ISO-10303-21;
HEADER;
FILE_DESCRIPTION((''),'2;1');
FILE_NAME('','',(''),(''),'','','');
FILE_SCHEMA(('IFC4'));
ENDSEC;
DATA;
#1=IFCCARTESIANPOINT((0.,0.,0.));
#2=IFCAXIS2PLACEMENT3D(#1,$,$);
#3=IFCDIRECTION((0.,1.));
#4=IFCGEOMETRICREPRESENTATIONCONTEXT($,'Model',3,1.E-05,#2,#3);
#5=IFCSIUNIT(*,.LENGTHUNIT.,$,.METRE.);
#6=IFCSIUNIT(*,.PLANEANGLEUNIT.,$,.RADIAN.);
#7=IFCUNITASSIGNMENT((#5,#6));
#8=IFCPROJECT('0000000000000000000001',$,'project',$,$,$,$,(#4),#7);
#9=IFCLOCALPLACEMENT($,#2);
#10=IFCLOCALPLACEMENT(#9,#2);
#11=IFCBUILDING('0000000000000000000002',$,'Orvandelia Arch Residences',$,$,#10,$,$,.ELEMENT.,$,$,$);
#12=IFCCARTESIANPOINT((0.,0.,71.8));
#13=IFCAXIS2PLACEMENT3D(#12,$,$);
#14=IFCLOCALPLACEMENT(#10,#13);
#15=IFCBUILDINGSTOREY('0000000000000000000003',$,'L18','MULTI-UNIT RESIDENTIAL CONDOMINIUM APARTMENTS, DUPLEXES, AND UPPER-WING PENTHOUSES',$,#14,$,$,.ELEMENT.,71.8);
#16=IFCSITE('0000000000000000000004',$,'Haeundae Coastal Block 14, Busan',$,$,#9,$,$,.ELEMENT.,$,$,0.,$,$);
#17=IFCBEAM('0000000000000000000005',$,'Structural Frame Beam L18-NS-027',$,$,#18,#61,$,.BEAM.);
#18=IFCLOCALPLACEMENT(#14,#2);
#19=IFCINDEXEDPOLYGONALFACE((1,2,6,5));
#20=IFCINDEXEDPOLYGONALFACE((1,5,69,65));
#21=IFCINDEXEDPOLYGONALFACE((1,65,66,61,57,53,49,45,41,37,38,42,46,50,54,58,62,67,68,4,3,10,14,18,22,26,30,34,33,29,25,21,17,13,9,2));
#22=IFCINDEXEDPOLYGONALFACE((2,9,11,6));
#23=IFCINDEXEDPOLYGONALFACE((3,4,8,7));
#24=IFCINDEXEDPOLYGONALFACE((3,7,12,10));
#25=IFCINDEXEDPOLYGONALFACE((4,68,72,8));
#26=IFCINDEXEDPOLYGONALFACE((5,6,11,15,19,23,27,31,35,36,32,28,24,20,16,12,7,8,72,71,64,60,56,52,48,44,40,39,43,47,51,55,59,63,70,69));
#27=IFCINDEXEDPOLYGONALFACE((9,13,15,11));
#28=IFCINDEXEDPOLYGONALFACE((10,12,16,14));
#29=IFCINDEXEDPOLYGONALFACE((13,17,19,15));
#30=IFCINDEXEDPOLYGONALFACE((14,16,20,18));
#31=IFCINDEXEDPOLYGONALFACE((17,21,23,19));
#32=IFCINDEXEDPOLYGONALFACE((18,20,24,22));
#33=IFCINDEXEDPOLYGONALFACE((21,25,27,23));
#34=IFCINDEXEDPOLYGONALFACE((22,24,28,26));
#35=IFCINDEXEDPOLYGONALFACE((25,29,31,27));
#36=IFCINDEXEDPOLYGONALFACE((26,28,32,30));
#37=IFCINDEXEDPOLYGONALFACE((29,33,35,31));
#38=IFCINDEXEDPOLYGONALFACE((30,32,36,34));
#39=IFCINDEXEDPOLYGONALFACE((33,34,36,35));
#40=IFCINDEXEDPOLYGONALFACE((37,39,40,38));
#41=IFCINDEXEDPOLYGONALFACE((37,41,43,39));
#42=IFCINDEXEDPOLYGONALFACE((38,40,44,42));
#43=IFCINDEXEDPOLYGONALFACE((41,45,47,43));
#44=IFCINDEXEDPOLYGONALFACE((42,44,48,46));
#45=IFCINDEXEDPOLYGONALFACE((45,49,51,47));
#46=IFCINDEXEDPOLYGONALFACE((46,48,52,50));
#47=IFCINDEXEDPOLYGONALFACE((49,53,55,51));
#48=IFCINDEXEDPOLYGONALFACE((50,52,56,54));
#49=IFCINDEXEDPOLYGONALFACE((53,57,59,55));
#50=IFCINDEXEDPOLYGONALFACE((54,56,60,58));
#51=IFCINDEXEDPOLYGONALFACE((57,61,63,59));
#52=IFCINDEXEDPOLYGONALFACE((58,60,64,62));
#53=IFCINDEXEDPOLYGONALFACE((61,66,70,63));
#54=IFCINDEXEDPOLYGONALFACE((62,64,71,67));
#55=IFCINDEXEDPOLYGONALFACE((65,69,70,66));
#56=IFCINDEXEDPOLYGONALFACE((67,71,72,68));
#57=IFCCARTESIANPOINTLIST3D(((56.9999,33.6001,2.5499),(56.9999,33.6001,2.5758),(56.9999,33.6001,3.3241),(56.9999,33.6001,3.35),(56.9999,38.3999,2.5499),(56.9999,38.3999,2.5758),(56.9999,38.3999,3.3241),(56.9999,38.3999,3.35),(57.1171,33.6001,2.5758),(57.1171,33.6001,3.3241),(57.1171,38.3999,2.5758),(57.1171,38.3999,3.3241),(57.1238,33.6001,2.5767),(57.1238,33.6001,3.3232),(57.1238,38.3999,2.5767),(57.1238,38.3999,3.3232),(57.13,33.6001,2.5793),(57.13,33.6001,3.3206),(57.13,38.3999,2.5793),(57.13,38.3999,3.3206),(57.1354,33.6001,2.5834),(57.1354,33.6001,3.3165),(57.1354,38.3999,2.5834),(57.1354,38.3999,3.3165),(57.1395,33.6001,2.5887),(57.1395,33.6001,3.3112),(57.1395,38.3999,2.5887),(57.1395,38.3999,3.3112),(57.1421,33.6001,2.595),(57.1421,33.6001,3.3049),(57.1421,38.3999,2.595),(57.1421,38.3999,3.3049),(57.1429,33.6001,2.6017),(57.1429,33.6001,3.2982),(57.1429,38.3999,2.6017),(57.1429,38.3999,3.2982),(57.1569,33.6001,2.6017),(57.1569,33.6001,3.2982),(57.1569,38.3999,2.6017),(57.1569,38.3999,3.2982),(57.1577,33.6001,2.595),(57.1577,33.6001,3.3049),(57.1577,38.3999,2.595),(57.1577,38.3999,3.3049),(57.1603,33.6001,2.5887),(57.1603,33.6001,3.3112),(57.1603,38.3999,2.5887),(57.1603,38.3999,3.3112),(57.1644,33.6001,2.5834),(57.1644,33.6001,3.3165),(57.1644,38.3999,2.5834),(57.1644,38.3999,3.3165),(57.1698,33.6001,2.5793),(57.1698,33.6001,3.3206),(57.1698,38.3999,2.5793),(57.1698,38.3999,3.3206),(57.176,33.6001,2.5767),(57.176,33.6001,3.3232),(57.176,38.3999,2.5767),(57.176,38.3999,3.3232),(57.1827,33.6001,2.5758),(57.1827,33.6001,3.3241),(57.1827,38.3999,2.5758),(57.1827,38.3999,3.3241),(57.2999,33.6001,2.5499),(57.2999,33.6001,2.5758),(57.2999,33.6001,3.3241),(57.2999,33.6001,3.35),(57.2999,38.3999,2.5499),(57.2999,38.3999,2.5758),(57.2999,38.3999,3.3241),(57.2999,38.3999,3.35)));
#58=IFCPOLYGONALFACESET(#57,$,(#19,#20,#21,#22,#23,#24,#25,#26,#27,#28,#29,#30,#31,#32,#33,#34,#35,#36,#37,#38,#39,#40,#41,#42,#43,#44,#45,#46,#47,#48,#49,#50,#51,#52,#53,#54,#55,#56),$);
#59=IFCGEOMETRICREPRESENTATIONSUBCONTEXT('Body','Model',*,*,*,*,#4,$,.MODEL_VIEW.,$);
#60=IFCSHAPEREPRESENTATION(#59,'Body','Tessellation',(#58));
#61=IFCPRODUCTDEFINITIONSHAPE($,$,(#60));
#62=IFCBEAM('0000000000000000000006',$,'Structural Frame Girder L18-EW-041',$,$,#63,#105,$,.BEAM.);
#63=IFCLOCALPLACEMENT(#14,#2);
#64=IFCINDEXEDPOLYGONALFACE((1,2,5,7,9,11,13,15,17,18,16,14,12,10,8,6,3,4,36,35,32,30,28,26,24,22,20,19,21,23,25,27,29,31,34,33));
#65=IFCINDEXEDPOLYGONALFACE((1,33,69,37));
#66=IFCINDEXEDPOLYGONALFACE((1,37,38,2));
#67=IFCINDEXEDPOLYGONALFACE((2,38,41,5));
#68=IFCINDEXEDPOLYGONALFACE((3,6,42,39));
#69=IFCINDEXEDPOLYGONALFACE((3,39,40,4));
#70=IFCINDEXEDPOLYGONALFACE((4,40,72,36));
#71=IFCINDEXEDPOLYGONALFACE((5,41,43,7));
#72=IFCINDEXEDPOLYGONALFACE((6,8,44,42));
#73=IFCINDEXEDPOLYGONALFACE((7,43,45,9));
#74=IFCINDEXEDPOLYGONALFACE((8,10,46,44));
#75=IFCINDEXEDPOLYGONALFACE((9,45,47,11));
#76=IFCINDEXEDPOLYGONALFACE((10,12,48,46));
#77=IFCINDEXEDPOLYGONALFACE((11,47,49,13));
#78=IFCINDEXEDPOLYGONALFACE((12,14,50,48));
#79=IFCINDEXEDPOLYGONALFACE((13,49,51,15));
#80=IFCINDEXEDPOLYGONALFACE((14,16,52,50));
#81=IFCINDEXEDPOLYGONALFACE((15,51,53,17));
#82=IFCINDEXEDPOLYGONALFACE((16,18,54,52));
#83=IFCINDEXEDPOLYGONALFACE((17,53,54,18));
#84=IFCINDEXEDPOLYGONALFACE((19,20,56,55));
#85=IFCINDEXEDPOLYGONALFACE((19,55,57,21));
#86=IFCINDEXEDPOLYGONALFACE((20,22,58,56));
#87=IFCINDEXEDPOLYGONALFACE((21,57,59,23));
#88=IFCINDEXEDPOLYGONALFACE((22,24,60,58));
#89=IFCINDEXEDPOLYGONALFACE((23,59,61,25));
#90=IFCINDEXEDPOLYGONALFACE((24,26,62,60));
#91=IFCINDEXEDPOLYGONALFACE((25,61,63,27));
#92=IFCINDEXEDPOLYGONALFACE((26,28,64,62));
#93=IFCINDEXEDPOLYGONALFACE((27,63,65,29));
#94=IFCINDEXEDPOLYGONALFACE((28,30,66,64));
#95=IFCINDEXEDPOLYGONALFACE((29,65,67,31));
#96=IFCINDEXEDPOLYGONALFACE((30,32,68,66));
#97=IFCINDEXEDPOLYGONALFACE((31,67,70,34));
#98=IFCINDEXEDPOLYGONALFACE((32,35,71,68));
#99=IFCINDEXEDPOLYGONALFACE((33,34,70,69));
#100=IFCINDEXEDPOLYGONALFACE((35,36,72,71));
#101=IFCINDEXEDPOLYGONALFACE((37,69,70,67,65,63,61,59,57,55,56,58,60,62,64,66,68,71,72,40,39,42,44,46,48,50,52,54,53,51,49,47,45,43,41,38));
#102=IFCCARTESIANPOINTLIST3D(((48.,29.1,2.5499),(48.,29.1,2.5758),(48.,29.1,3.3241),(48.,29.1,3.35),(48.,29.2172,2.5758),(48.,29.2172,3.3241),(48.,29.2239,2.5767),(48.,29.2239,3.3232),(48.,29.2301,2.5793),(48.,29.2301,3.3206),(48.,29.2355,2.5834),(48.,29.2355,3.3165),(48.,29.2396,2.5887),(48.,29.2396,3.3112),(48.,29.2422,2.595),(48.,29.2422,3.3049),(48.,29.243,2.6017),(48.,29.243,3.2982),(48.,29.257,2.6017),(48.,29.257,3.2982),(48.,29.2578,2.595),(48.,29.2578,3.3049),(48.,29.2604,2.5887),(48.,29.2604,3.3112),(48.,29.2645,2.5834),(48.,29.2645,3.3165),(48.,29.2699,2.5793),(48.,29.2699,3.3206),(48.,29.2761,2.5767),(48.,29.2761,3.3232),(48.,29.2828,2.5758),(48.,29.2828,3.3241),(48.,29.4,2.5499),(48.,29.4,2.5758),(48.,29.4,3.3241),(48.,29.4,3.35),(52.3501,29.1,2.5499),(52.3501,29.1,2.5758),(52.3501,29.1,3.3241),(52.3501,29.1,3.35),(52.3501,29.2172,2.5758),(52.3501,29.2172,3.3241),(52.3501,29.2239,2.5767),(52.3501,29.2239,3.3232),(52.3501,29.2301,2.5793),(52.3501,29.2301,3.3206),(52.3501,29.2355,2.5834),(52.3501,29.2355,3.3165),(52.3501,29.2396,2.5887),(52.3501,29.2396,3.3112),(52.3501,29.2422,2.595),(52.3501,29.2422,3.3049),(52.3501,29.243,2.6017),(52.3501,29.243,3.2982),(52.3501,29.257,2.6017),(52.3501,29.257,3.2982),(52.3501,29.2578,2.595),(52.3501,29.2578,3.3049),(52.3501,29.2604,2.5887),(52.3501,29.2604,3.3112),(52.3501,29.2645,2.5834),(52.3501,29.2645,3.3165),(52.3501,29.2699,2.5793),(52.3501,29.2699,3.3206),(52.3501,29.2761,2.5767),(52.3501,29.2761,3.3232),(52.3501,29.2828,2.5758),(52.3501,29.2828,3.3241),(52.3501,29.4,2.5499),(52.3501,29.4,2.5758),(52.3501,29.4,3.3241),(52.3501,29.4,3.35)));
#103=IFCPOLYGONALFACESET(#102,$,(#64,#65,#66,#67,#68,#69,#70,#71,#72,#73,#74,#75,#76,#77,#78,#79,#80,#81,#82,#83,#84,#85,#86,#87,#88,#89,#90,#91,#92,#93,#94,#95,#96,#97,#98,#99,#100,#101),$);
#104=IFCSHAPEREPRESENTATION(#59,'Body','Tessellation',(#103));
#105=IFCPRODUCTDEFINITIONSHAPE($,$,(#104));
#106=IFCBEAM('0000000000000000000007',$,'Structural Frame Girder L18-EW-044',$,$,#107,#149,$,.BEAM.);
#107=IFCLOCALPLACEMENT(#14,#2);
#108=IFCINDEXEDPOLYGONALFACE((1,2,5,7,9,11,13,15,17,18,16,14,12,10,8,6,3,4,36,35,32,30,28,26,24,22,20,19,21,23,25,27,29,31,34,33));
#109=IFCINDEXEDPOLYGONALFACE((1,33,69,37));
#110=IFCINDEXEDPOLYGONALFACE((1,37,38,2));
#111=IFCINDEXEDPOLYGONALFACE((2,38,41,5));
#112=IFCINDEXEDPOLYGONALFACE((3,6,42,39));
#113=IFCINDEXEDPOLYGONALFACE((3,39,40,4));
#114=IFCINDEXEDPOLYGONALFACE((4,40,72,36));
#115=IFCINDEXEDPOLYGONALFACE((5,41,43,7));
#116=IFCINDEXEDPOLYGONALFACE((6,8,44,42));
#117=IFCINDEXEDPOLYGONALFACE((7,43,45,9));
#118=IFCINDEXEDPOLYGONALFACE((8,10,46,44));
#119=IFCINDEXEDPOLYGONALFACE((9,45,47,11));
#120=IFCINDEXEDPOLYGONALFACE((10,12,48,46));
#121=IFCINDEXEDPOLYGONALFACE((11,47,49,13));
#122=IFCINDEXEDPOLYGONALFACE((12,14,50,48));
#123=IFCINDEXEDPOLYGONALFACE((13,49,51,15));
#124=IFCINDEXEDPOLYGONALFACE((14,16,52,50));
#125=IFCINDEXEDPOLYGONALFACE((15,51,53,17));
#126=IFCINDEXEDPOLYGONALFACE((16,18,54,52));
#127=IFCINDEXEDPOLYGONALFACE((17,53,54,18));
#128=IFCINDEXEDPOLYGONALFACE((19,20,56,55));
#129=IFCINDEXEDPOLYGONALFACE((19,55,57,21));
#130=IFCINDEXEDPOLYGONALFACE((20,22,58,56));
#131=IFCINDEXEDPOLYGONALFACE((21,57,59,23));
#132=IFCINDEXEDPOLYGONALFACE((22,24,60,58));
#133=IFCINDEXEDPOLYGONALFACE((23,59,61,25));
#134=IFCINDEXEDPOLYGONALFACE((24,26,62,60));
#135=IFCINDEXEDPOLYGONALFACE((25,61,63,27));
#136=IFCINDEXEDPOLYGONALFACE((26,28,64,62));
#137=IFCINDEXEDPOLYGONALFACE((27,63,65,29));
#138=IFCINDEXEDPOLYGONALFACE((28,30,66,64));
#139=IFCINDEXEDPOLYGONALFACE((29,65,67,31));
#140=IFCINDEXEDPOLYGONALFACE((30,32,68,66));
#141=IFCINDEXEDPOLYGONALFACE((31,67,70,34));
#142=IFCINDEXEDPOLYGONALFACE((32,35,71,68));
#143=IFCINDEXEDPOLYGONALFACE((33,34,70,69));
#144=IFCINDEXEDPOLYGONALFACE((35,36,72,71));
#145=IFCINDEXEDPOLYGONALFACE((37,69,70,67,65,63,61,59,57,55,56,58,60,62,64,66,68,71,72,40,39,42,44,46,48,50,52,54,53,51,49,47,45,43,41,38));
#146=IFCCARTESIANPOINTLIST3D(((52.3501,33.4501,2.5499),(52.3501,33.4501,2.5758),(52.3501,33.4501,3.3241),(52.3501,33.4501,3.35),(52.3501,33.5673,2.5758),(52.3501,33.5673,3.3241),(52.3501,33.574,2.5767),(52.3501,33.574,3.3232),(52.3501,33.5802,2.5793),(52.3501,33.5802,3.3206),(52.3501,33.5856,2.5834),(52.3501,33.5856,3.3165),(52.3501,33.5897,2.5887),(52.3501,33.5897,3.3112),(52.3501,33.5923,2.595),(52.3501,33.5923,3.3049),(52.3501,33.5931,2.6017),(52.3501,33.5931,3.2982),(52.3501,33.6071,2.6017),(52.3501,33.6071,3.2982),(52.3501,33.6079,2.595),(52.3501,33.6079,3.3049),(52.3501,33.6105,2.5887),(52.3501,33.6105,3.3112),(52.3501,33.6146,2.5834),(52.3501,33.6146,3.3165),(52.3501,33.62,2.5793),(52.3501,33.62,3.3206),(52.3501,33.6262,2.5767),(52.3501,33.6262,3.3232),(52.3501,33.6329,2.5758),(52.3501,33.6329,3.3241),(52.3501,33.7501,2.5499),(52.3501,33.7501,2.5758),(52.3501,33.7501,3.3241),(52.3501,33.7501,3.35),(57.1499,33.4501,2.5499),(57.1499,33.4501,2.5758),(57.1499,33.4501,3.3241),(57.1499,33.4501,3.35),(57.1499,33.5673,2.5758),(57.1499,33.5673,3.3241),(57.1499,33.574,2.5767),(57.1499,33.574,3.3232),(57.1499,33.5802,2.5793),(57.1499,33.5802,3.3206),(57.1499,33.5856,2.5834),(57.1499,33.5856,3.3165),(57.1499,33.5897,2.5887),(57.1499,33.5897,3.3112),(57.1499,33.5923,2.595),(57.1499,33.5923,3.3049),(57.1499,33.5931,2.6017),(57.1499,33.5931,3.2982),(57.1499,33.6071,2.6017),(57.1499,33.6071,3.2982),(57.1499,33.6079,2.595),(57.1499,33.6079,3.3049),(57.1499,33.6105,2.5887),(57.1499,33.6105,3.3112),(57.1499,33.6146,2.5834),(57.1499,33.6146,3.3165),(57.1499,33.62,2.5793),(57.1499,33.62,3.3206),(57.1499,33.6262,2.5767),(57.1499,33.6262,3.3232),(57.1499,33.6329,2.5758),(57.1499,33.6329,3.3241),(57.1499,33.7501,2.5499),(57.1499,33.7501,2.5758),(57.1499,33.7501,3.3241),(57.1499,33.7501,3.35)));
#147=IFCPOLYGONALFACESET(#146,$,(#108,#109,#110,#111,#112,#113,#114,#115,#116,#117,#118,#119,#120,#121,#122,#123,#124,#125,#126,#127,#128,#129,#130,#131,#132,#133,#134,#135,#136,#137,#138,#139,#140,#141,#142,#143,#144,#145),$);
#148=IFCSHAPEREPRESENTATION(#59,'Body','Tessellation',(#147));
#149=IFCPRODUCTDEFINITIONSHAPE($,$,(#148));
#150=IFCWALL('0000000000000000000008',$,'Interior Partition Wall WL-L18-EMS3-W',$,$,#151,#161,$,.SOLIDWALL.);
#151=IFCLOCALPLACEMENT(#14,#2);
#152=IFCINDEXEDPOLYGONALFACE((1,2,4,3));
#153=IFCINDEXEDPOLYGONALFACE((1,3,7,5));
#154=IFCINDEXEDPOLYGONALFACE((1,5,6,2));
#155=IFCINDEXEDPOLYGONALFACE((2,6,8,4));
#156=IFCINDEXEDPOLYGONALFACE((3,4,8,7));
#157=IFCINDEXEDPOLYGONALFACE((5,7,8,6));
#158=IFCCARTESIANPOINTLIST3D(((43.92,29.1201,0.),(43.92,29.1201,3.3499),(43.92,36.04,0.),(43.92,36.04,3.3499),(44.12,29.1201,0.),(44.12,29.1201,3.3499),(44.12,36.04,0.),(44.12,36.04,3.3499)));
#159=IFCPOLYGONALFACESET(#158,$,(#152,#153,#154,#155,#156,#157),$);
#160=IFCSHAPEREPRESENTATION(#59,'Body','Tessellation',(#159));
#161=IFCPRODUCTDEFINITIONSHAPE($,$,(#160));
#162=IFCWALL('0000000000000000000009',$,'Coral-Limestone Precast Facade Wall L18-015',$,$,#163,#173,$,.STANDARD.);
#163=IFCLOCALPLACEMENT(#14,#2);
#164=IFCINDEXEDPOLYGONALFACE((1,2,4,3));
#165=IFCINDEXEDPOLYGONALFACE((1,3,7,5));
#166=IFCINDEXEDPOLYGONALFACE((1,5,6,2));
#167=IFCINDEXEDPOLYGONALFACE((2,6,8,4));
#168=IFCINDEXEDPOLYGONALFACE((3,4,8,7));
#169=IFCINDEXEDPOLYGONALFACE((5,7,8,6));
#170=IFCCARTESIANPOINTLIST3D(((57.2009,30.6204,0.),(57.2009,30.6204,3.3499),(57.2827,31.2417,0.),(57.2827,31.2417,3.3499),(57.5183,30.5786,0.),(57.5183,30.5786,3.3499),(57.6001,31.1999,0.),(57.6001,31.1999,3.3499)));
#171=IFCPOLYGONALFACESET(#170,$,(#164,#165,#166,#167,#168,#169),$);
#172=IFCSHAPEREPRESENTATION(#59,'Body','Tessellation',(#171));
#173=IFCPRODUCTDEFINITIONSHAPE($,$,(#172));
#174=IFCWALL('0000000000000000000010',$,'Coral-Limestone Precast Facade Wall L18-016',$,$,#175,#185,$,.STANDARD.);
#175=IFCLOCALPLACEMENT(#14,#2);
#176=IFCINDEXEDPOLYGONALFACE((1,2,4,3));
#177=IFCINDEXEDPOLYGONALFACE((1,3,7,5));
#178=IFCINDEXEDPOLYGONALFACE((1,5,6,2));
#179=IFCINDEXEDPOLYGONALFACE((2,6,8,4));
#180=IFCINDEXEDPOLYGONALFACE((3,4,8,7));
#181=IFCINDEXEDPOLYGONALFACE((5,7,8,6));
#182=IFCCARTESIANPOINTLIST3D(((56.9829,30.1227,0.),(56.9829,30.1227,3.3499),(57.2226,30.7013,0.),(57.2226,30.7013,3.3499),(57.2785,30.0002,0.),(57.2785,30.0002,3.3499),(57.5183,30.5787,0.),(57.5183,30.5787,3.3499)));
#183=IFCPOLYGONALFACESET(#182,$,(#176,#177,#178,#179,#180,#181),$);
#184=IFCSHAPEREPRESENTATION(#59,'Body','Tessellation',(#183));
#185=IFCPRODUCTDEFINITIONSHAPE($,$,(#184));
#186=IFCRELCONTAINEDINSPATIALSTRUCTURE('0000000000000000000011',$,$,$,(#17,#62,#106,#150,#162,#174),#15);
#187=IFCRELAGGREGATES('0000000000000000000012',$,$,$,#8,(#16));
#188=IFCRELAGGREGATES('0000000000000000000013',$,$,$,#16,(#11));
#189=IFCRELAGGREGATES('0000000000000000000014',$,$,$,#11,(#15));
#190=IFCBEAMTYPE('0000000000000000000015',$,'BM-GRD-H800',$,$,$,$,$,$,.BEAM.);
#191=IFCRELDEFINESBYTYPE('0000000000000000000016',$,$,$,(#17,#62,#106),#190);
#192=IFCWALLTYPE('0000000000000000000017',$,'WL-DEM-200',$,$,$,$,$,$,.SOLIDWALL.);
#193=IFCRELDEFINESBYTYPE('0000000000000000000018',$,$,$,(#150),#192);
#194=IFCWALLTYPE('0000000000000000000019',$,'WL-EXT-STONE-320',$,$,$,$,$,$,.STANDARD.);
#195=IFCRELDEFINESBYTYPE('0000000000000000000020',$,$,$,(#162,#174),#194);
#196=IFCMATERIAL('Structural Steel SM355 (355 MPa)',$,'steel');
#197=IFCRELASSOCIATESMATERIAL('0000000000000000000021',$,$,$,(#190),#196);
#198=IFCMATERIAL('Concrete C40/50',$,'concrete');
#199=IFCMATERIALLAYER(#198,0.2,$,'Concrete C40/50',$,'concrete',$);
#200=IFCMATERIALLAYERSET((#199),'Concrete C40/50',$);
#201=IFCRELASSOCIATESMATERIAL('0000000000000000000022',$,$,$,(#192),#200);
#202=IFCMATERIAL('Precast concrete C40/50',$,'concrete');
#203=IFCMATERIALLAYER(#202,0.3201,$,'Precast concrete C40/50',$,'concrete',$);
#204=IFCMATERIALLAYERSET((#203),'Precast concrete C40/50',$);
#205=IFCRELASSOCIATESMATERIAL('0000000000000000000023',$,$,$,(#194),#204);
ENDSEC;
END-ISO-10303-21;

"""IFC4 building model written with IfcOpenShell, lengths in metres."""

from ifc_helpers import new_model, si_unit, direction, frame, frame_2d, origin, origin_2d, place, context, subcontext, project, spatial, rectangle, i_section, extrude, material, layer, layer_set, material_profile, profile_set, type_object, element, save


model = new_model("IFC4")

# Units and contexts
model_context = context("Model", 3, precision=1e-05, world=origin(), true_north=direction((0.0, 1.0)))
body_context = subcontext(model_context, "Body", "Model", "MODEL_VIEW")
ifc_project = project(units=[si_unit("LENGTHUNIT", "METRE"), si_unit("PLANEANGLEUNIT", "RADIAN")], contexts=[model_context])

# Site, building, storey
site_placement = place(None, origin())
site = spatial("IfcSite", under=ifc_project, at=site_placement, Name="Haeundae Coastal Block 14, Busan", CompositionType="ELEMENT", RefElevation=0.0)
building_placement = place(site_placement, origin())
building = spatial("IfcBuilding", under=site, at=building_placement, Name="Orvandelia Arch Residences", CompositionType="ELEMENT")
storey_placement = place(building_placement, frame((0.0, 0.0, 71.8)))
storey = spatial("IfcBuildingStorey", under=building, at=storey_placement, Name="L18", Description="MULTI-UNIT RESIDENTIAL CONDOMINIUM APARTMENTS, DUPLEXES, AND UPPER-WING PENTHOUSES", CompositionType="ELEMENT", Elevation=71.8)

# Beams
ifc_material_1 = material(Name="Structural Steel SM355 (355 MPa)", Category="steel")
ifc_material_profile_1 = material_profile(ifc_material_1, i_section(OverallWidth=0.3, OverallDepth=0.8, WebThickness=0.0139, FlangeThickness=0.0259, FilletRadius=0.0259, at=origin_2d()), Name="Structural Steel SM355 (355 MPa)", Category="steel")
ifc_profile_set_1 = profile_set([ifc_material_profile_1], Name="Structural Steel SM355 (355 MPa)")
beam_type = type_object("IfcBeamType", Name="BM-GRD-H800", PredefinedType="BEAM", material=ifc_profile_set_1)
for number, where, z_axis, x_axis, name in (
    (1, (57.1499, 33.6001, 2.95), (0.0, 1.0, 0.0), (-1.0, 0.0, 0.0), "Structural Frame Beam L18-NS-027"),
):
    element("IfcBeam", number, at=place(storey_placement, frame(where, z_axis=z_axis, x_axis=x_axis)), inside=storey, type_object=beam_type, Name=name, PredefinedType="BEAM", context=body_context, shape_type="SweptSolid", body=[
        extrude(i_section(OverallWidth=0.3, OverallDepth=0.8, WebThickness=0.0139, FlangeThickness=0.0259, FilletRadius=0.0259, at=origin_2d()), origin(), (0.0, 0.0, 1.0), 4.7998),
    ])
beam_1_placement = place(storey_placement, frame((48.0, 29.25, 2.95), z_axis=(1.0, 0.0, 0.0), x_axis=(0.0, 1.0, 0.0)))
element("IfcBeam", 2, at=beam_1_placement, inside=storey, type_object=beam_type, Name="Structural Frame Girder L18-EW-041", PredefinedType="BEAM", context=body_context, shape_type="SweptSolid", body=[
    extrude(i_section(OverallWidth=0.3, OverallDepth=0.8, WebThickness=0.0139, FlangeThickness=0.0259, FilletRadius=0.0259, at=origin_2d()), origin(), (0.0, 0.0, 1.0), 4.3501),
])
beam_2_placement = place(storey_placement, frame((52.3501, 33.6001, 2.95), z_axis=(1.0, 0.0, 0.0), x_axis=(0.0, 1.0, 0.0)))
element("IfcBeam", 3, at=beam_2_placement, inside=storey, type_object=beam_type, Name="Structural Frame Girder L18-EW-044", PredefinedType="BEAM", context=body_context, shape_type="SweptSolid", body=[
    extrude(i_section(OverallWidth=0.3, OverallDepth=0.8, WebThickness=0.0139, FlangeThickness=0.0259, FilletRadius=0.0259, at=origin_2d()), origin(), (0.0, 0.0, 1.0), 4.7998),
])

# Walls
ifc_material_2 = material(Name="Concrete C40/50", Category="concrete")
ifc_layer_1 = layer(ifc_material_2, 0.2, Name="Concrete C40/50", Category="concrete")
ifc_layer_set_1 = layer_set([ifc_layer_1], Name="Concrete C40/50")
wall_type_1 = type_object("IfcWallType", Name="WL-DEM-200", PredefinedType="SOLIDWALL", material=ifc_layer_set_1)
wall_1_placement = place(storey_placement, frame((44.02, 29.1201, 0.0), z_axis=(0.0, 0.0, 1.0), x_axis=(0.0, 1.0, 0.0)))
element("IfcWall", 4, at=wall_1_placement, inside=storey, type_object=wall_type_1, Name="Interior Partition Wall WL-L18-EMS3-W", PredefinedType="SOLIDWALL", context=body_context, shape_type="SweptSolid", body=[
    extrude(rectangle(XDim=6.9199, YDim=0.2, at=frame_2d((3.46, 0.0))), origin(), (0.0, 0.0, 1.0), 3.3499),
])
ifc_material_3 = material(Name="Precast concrete C40/50", Category="concrete")
ifc_layer_2 = layer(ifc_material_3, 0.3201, Name="Precast concrete C40/50", Category="concrete")
ifc_layer_set_2 = layer_set([ifc_layer_2], Name="Precast concrete C40/50")
wall_type_2 = type_object("IfcWallType", Name="WL-EXT-STONE-320", PredefinedType="STANDARD", material=ifc_layer_set_2)
wall_2_placement = place(storey_placement, frame((57.4414, 31.2209, 0.0), z_axis=(0.0, 0.0, 1.0), x_axis=(-0.130505, -0.991448, 0.0)))
element("IfcWall", 5, at=wall_2_placement, inside=storey, type_object=wall_type_2, Name="Coral-Limestone Precast Facade Wall L18-015", PredefinedType="STANDARD", context=body_context, shape_type="SweptSolid", body=[
    extrude(rectangle(XDim=0.6267, YDim=0.3201, at=frame_2d((0.3135, 0.0))), origin(), (0.0, 0.0, 1.0), 3.3499),
])
wall_3_placement = place(storey_placement, frame((57.3704, 30.6399, 0.0), z_axis=(0.0, 0.0, 1.0), x_axis=(-0.382788, -0.923836, 0.0)))
element("IfcWall", 6, at=wall_3_placement, inside=storey, type_object=wall_type_2, Name="Coral-Limestone Precast Facade Wall L18-016", PredefinedType="STANDARD", context=body_context, shape_type="SweptSolid", body=[
    extrude(rectangle(XDim=0.6262, YDim=0.3201, at=frame_2d((0.313, 0.0))), origin(), (0.0, 0.0, 1.0), 3.3499),
])

save(model, "model.ifc")
